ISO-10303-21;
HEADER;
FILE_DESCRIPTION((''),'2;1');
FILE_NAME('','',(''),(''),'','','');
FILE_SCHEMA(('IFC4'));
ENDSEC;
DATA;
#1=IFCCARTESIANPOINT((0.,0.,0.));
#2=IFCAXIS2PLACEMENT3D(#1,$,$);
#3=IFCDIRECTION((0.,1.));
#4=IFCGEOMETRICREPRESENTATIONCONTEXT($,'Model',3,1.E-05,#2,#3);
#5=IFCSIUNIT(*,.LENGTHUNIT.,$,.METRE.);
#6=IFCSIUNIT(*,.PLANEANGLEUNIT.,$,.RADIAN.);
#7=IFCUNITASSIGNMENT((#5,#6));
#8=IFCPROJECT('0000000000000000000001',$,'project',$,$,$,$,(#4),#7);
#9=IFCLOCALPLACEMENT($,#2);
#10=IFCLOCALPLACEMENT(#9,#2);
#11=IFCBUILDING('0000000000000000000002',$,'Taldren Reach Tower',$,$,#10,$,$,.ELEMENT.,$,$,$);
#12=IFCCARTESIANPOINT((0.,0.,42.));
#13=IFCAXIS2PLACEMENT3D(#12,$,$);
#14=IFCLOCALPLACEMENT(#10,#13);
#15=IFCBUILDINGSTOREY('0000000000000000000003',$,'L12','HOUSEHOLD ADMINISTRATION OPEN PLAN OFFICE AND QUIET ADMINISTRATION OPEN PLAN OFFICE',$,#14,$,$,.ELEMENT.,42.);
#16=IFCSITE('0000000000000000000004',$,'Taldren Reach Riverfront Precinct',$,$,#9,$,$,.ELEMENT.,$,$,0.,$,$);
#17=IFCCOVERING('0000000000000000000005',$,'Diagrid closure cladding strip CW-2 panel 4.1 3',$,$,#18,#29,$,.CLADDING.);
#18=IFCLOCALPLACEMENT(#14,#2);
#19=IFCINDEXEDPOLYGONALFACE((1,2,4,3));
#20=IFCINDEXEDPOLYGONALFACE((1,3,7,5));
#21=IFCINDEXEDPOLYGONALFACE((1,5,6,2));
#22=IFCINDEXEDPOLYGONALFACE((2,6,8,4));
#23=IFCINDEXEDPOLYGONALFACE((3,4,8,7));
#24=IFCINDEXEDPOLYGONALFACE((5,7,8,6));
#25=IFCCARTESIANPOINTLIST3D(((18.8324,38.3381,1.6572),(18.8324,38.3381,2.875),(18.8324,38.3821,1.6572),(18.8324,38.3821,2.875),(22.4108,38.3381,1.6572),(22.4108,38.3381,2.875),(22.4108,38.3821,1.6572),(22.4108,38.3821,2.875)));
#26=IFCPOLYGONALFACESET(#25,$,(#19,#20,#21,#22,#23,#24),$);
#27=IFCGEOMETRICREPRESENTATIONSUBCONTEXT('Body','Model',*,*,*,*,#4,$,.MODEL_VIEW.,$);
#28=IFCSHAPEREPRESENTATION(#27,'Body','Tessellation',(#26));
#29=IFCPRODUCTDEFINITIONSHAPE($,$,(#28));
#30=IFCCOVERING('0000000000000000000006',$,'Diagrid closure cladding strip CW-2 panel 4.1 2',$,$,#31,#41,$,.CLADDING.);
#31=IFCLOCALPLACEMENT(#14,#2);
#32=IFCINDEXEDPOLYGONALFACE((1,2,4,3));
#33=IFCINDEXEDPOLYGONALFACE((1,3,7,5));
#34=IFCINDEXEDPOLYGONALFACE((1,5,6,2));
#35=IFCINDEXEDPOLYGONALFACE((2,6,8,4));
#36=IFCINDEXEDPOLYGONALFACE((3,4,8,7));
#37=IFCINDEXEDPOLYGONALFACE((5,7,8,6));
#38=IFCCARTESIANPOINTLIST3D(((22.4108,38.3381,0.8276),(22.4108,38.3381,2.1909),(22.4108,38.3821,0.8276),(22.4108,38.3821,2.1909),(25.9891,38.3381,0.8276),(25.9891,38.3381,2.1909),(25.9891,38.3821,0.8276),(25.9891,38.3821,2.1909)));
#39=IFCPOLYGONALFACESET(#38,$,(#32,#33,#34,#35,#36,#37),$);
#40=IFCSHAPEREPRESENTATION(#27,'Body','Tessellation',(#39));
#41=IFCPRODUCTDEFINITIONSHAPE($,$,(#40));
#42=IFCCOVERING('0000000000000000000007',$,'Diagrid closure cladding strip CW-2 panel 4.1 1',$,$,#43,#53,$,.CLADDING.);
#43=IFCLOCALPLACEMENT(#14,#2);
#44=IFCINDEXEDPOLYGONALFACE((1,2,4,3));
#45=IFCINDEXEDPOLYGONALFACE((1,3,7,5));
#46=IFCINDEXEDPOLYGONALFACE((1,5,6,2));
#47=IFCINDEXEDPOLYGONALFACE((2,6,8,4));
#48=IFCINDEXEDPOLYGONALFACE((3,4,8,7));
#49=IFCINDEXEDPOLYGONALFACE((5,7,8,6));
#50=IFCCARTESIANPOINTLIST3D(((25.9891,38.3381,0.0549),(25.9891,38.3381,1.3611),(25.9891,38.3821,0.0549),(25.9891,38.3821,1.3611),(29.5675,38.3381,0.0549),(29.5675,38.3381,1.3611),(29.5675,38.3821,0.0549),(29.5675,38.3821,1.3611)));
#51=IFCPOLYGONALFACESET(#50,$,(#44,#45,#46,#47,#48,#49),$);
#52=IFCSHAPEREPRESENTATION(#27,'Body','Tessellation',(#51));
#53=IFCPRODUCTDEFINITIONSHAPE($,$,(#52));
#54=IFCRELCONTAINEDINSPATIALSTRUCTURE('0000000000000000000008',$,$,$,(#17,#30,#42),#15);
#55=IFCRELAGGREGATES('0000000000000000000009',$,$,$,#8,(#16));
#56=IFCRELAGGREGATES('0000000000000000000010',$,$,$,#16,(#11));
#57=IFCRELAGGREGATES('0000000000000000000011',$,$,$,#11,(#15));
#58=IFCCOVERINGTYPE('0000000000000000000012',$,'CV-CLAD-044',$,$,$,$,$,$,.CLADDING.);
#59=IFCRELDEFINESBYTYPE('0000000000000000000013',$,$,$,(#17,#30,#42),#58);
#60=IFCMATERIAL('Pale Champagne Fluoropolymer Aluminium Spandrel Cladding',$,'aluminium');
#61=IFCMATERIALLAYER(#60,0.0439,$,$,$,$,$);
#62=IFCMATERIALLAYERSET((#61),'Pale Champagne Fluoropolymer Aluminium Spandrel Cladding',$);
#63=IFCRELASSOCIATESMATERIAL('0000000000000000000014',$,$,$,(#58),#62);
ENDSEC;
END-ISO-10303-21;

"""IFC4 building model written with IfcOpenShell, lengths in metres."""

from ifc_helpers import new_model, si_unit, direction, frame, origin, origin_2d, place, context, subcontext, project, spatial, rectangle, extrude, source, transform, mapped, material, layer, layer_set, type_object, element, save


model = new_model("IFC4")

# Units and contexts
model_context = context("Model", 3, precision=1e-05, world=origin(), true_north=direction((0.0, 1.0)))
body_context = subcontext(model_context, "Body", "Model", "MODEL_VIEW")
ifc_project = project(units=[si_unit("LENGTHUNIT", "METRE"), si_unit("PLANEANGLEUNIT", "RADIAN")], contexts=[model_context])

# Site, building, storey
site_placement = place(None, origin())
site = spatial("IfcSite", under=ifc_project, at=site_placement, Name="Taldren Reach Riverfront Precinct", CompositionType="ELEMENT", RefElevation=0.0)
building_placement = place(site_placement, origin())
building = spatial("IfcBuilding", under=site, at=building_placement, Name="Taldren Reach Tower", CompositionType="ELEMENT")
storey_placement = place(building_placement, frame((0.0, 0.0, 42.0)))
storey = spatial("IfcBuildingStorey", under=building, at=storey_placement, Name="L12", Description="HOUSEHOLD ADMINISTRATION OPEN PLAN OFFICE AND QUIET ADMINISTRATION OPEN PLAN OFFICE", CompositionType="ELEMENT", Elevation=42.0)

# Coverings
ifc_material_1 = material(Name="Pale Champagne Fluoropolymer Aluminium Spandrel Cladding", Category="aluminium")
ifc_layer_1 = layer(ifc_material_1, 0.0439)
ifc_layer_set_1 = layer_set([ifc_layer_1], Name="Pale Champagne Fluoropolymer Aluminium Spandrel Cladding")
covering_type = type_object("IfcCoveringType", Name="CV-CLAD-044", PredefinedType="CLADDING", material=ifc_layer_set_1)
shared_shape_1 = source(origin(), body_context, "Body", "SweptSolid", [
    extrude(rectangle(XDim=3.5784, YDim=0.0439, at=origin_2d()), origin(), (0.0, 0.0, 1.0), 1.2178),
])
covering_1_placement = place(storey_placement, frame((20.6216, 38.3601, 1.6572), z_axis=(0.0, 0.0, 1.0), x_axis=(-1.0, 0.0, 0.0)))
element("IfcCovering", 1, at=covering_1_placement, inside=storey, type_object=covering_type, Name="Diagrid closure cladding strip CW-2 panel 4.1 3", PredefinedType="CLADDING", context=body_context, shape_type="MappedRepresentation", body=[
    mapped(shared_shape_1, transform((0.0, 0.0, 0.0), scale=1.0)),
])
shared_shape_2 = source(origin(), body_context, "Body", "SweptSolid", [
    extrude(rectangle(XDim=3.5784, YDim=0.0439, at=origin_2d()), origin(), (0.0, 0.0, 1.0), 1.3633),
])
covering_2_placement = place(storey_placement, frame((24.2, 38.3601, 0.8276), z_axis=(0.0, 0.0, 1.0), x_axis=(-1.0, 0.0, 0.0)))
element("IfcCovering", 2, at=covering_2_placement, inside=storey, type_object=covering_type, Name="Diagrid closure cladding strip CW-2 panel 4.1 2", PredefinedType="CLADDING", context=body_context, shape_type="MappedRepresentation", body=[
    mapped(shared_shape_2, transform((0.0, 0.0, 0.0), scale=1.0)),
])
shared_shape_3 = source(origin(), body_context, "Body", "SweptSolid", [
    extrude(rectangle(XDim=3.5784, YDim=0.0439, at=origin_2d()), origin(), (0.0, 0.0, 1.0), 1.3062),
])
covering_3_placement = place(storey_placement, frame((27.7783, 38.3601, 0.0549), z_axis=(0.0, 0.0, 1.0), x_axis=(-1.0, 0.0, 0.0)))
element("IfcCovering", 3, at=covering_3_placement, inside=storey, type_object=covering_type, Name="Diagrid closure cladding strip CW-2 panel 4.1 1", PredefinedType="CLADDING", context=body_context, shape_type="MappedRepresentation", body=[
    mapped(shared_shape_3, transform((0.0, 0.0, 0.0), scale=1.0)),
])

save(model, "model.ifc")
